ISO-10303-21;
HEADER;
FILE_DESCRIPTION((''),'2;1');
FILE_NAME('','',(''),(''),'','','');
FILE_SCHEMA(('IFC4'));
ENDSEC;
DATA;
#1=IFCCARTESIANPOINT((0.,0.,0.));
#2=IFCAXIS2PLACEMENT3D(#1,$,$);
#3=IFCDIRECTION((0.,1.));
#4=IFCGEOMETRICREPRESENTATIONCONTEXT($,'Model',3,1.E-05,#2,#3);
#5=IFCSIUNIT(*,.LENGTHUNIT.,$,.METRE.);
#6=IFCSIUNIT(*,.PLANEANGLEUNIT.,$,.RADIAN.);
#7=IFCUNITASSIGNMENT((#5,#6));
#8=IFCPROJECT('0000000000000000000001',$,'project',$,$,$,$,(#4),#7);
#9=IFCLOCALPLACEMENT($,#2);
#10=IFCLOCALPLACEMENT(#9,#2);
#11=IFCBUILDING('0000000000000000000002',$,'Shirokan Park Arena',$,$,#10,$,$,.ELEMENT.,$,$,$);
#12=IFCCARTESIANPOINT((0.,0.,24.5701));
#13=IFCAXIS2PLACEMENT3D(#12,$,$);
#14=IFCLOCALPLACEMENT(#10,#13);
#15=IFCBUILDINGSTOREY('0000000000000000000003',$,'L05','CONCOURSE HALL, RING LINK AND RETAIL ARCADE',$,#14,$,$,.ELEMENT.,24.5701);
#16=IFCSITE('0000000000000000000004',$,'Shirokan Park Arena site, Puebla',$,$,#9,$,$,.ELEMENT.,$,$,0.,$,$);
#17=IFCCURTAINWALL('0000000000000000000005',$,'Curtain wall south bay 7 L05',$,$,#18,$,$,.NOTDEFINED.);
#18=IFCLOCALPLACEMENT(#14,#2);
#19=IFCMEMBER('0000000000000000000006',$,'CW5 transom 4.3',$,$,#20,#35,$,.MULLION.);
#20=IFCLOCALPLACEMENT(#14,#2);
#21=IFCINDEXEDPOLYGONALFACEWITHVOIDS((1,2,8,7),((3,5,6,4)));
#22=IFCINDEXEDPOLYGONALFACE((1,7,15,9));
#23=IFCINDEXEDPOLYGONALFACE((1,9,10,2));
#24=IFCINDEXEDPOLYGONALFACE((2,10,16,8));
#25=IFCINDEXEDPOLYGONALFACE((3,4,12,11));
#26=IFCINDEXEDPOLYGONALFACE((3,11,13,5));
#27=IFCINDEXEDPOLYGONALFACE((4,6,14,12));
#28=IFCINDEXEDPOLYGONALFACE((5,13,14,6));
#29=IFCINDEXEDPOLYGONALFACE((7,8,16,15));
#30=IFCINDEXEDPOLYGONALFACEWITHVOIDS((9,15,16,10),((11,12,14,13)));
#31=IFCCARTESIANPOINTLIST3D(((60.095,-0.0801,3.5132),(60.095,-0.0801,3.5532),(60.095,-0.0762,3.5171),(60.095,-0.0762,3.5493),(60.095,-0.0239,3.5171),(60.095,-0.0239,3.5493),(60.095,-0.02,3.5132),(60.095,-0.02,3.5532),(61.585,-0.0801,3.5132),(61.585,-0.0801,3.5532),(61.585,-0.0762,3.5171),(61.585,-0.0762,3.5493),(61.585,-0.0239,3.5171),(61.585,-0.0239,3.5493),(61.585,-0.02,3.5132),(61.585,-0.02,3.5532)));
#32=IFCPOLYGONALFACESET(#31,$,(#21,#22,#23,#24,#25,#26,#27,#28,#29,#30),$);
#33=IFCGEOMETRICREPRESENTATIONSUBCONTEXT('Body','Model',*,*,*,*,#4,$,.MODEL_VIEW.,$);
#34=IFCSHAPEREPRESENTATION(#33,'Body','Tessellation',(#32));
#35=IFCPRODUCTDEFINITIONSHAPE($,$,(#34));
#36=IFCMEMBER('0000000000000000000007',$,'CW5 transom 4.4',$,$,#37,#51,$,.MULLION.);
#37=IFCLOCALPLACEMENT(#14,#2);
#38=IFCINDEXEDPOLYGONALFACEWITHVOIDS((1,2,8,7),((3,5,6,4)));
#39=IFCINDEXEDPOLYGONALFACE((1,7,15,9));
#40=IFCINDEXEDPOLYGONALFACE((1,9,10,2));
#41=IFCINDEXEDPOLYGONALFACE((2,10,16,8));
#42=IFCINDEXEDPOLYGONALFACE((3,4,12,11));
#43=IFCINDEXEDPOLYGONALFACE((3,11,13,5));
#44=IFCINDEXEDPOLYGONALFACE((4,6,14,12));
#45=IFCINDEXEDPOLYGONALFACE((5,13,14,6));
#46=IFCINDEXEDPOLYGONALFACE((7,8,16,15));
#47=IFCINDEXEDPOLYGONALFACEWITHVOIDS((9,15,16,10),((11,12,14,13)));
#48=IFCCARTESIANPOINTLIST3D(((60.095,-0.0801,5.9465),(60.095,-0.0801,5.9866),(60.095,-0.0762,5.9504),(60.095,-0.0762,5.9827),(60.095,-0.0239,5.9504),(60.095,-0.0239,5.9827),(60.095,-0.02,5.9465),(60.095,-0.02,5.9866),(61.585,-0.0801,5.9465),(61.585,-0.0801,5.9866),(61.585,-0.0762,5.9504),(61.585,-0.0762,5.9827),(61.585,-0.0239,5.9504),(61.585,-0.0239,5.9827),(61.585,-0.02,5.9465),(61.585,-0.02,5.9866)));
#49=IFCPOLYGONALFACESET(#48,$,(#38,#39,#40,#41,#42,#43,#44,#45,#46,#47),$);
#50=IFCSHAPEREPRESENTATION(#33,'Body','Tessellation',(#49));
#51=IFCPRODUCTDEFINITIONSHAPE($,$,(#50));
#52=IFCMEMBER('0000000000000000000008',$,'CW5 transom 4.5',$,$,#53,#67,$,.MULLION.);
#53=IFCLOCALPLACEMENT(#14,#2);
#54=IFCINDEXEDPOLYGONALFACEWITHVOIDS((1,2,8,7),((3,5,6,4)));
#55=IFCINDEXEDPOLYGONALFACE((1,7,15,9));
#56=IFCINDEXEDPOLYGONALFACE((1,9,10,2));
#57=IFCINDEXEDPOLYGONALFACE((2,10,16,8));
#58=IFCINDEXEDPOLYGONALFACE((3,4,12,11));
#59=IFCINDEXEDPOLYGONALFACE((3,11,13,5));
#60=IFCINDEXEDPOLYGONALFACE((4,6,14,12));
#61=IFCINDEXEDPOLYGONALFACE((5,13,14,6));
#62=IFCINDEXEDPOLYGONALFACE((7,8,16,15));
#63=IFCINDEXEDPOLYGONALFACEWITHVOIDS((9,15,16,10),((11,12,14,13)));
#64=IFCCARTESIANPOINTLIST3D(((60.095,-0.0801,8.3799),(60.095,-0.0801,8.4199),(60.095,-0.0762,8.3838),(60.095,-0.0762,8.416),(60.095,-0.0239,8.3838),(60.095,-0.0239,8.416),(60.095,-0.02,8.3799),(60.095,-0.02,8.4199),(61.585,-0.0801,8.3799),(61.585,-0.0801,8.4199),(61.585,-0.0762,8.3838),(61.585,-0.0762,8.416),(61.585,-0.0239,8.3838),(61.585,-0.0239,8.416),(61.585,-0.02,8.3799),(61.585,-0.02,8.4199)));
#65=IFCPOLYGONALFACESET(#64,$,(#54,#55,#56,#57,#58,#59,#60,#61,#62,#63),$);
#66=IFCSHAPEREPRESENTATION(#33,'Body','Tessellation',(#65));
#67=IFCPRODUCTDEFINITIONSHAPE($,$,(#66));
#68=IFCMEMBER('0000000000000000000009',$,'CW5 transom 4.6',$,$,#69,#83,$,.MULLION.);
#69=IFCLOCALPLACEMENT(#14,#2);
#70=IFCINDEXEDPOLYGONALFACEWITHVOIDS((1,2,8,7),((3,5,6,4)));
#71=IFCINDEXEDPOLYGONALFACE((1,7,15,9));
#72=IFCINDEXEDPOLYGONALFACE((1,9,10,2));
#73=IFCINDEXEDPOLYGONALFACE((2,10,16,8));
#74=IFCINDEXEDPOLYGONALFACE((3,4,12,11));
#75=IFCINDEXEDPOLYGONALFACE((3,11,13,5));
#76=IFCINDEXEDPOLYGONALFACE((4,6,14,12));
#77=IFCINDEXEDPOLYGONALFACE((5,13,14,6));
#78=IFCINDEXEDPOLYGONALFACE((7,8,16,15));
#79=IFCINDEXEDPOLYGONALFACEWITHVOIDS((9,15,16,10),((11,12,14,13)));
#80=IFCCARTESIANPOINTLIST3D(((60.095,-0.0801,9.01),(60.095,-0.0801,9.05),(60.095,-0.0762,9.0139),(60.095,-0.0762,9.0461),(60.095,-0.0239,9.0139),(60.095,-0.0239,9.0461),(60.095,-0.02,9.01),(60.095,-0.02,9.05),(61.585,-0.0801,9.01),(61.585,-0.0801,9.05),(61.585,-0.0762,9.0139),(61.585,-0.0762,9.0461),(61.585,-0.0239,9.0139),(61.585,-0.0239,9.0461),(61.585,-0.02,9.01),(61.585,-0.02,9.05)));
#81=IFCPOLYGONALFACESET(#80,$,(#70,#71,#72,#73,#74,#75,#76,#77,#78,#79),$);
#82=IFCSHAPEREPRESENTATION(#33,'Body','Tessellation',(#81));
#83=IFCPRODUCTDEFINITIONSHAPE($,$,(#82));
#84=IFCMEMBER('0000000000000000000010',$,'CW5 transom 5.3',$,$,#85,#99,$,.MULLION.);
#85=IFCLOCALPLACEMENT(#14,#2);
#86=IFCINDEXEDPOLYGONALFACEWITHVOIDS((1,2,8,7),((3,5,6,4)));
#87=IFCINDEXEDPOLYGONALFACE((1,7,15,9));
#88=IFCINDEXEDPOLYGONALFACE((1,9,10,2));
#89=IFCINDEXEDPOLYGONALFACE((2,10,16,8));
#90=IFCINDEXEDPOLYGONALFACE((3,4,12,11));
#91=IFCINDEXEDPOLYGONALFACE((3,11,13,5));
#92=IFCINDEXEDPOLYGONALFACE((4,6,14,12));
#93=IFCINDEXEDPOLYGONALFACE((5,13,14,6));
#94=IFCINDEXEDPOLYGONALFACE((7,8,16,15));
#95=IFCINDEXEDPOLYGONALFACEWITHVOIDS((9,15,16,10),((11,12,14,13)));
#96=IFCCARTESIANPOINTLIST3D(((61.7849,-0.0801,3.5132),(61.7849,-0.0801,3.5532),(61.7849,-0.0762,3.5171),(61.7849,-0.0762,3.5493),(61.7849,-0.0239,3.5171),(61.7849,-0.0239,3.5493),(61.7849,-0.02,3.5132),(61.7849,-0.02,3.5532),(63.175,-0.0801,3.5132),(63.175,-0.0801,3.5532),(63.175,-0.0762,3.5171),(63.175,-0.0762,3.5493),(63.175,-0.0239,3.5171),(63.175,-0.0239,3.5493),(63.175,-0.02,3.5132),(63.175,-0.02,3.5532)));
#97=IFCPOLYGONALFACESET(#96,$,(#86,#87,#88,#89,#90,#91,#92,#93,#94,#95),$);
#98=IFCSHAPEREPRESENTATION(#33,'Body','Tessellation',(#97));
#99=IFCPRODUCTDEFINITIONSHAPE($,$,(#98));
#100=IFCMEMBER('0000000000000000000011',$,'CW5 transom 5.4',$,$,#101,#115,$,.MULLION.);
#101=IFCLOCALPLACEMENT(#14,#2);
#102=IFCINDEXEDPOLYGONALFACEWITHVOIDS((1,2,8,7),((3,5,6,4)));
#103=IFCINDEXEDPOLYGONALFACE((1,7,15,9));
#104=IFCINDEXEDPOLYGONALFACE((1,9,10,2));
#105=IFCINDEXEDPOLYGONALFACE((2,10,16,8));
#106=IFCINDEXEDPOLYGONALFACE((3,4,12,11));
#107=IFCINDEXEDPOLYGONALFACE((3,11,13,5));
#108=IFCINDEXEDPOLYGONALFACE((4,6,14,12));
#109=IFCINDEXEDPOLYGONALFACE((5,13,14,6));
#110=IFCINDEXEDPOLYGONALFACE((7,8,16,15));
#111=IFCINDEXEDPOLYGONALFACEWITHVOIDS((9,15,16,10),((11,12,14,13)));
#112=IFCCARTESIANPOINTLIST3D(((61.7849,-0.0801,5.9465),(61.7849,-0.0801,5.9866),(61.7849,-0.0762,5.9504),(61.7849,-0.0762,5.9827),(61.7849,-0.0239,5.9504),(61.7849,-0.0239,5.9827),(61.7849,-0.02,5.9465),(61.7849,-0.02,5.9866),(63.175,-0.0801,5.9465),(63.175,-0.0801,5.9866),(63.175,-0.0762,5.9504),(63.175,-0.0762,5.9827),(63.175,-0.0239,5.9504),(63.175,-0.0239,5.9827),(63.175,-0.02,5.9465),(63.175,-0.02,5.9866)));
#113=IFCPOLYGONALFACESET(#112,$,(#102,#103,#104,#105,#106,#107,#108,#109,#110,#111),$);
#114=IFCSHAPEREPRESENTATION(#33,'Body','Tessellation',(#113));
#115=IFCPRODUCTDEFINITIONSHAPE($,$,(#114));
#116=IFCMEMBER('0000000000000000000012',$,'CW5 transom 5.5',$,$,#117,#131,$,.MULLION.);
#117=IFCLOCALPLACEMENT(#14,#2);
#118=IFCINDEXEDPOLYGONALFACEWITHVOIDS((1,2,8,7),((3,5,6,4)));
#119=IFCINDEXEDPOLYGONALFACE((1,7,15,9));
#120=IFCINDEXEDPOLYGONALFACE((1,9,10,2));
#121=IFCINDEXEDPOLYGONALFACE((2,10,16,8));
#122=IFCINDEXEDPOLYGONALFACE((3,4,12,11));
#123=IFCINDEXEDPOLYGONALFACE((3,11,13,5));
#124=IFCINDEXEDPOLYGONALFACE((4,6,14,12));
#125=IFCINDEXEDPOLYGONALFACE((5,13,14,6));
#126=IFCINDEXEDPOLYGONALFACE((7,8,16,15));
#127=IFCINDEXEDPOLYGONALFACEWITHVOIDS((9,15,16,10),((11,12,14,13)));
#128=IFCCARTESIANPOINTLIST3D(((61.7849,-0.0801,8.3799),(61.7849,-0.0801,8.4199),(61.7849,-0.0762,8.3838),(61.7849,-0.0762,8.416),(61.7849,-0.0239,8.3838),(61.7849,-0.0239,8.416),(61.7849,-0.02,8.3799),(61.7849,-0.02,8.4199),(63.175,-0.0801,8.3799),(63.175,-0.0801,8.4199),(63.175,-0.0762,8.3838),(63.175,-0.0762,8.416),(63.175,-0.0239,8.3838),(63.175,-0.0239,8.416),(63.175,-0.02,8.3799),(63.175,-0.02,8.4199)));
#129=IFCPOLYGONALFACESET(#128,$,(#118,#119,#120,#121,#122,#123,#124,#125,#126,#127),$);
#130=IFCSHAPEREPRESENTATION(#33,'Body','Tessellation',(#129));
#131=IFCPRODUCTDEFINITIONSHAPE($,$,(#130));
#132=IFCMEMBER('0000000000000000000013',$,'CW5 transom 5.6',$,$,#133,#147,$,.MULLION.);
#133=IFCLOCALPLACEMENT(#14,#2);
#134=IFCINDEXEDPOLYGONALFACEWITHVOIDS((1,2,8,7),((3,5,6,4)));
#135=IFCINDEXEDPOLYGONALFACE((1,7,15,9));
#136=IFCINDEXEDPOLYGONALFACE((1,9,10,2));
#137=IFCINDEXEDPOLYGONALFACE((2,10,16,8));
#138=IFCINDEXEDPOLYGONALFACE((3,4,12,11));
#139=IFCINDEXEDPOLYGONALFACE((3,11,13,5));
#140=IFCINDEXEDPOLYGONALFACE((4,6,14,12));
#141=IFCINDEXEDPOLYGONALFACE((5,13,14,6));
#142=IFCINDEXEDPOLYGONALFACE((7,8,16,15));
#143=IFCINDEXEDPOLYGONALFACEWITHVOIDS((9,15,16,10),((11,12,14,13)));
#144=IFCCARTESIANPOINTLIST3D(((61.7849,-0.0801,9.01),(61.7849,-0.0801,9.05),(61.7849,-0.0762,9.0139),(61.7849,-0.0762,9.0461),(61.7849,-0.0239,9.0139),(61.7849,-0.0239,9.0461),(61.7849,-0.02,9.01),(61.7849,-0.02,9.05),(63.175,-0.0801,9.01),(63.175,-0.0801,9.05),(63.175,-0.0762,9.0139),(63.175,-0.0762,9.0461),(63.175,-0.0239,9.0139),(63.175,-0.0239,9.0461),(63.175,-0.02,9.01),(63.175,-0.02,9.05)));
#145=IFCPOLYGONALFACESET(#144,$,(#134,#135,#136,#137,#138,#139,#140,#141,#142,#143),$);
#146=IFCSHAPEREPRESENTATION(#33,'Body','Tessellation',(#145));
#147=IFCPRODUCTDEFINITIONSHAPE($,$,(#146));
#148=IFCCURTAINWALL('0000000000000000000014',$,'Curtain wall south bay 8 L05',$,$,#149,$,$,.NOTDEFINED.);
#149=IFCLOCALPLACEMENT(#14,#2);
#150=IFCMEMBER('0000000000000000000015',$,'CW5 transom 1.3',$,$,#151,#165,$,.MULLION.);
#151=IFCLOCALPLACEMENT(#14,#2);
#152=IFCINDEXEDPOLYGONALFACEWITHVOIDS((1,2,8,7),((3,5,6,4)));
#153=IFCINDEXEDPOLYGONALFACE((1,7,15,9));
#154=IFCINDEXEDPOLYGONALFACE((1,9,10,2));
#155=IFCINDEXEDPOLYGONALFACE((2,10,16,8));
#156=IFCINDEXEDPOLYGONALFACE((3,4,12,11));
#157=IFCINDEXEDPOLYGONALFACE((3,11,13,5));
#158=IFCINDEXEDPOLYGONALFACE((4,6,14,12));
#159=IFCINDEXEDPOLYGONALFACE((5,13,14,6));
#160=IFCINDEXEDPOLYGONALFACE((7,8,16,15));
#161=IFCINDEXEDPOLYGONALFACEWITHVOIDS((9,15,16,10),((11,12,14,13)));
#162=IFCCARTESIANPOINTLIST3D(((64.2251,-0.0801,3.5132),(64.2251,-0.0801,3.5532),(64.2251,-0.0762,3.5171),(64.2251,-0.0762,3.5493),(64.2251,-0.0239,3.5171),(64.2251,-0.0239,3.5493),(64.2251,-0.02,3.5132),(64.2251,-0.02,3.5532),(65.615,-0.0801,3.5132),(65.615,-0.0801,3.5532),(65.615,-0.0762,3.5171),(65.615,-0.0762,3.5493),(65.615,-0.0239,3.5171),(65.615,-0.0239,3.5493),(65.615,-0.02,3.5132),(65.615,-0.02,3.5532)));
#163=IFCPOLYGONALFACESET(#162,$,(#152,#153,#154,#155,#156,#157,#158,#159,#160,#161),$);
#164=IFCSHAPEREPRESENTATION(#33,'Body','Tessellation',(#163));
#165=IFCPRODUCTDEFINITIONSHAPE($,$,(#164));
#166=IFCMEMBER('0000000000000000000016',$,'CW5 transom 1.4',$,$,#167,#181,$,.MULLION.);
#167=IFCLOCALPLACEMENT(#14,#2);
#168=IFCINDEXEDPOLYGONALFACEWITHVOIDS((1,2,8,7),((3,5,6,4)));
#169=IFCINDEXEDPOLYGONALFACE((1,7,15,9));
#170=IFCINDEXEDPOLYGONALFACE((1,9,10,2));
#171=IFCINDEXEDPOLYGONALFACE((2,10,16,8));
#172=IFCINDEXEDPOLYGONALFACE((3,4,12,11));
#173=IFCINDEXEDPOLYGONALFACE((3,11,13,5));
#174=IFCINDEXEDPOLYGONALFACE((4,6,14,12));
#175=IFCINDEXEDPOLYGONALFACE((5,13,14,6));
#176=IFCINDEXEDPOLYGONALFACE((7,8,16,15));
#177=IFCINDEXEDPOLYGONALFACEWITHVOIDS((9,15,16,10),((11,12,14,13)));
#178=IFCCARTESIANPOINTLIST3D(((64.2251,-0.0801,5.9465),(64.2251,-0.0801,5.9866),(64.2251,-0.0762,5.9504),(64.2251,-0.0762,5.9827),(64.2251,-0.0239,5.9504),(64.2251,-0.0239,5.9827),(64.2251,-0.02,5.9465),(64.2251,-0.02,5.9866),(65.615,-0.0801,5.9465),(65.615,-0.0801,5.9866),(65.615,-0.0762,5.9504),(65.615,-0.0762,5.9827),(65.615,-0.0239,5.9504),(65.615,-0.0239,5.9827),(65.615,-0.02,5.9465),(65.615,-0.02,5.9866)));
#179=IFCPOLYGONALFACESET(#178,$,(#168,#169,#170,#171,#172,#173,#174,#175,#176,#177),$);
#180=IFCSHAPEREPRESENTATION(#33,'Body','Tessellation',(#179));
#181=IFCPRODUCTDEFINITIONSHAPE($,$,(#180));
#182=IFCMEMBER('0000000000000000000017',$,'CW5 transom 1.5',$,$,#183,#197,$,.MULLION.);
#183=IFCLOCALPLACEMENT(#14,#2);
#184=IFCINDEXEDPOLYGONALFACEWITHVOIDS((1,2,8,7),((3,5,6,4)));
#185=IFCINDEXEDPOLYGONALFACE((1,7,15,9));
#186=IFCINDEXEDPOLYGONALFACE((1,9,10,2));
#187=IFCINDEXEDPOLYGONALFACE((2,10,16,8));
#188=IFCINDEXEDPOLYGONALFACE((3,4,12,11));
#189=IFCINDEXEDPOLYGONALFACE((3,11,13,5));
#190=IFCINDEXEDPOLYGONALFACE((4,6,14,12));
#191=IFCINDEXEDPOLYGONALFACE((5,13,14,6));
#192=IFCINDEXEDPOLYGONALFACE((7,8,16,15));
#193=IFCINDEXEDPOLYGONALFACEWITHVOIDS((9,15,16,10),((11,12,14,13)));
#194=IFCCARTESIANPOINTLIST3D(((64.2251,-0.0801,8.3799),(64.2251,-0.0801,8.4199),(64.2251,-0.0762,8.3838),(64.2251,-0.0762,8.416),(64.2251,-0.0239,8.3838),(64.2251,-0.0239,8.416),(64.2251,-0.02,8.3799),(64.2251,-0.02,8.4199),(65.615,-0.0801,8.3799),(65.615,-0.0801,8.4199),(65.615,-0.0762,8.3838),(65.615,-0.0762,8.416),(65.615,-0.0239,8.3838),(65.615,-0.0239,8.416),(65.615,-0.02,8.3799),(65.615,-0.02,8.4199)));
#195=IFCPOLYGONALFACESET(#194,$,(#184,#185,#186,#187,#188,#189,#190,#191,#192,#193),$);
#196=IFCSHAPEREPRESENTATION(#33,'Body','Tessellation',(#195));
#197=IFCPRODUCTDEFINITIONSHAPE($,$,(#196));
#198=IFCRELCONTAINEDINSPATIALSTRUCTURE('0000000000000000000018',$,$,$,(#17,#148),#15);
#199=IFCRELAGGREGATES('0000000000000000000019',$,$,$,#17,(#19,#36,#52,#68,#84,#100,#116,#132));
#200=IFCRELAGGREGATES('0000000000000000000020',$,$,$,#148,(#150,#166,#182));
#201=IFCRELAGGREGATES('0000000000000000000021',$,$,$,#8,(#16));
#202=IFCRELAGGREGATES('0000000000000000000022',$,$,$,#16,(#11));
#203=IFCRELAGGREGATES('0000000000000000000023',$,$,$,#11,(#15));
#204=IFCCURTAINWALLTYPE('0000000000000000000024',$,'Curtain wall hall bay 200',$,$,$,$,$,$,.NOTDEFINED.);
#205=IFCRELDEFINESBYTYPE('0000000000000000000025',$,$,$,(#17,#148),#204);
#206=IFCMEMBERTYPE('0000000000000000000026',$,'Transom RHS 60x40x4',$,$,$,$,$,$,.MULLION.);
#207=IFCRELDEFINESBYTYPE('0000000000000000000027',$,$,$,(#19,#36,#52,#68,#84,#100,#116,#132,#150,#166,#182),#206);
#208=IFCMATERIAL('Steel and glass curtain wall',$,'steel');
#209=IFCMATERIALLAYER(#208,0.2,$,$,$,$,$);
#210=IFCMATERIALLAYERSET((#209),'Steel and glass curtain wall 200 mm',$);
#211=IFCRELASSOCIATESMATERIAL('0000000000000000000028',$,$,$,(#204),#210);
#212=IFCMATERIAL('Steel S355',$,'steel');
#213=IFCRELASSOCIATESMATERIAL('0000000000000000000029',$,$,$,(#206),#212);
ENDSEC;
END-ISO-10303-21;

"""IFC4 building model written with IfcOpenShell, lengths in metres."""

from ifc_helpers import new_model, si_unit, direction, frame, origin, origin_2d, place, context, subcontext, project, spatial, hollow_rectangle, extrude, material, layer, layer_set, material_profile, profile_set, type_object, element, aggregate, save


model = new_model("IFC4")

# Units and contexts
model_context = context("Model", 3, precision=1e-05, world=origin(), true_north=direction((0.0, 1.0)))
body_context = subcontext(model_context, "Body", "Model", "MODEL_VIEW")
ifc_project = project(units=[si_unit("LENGTHUNIT", "METRE"), si_unit("PLANEANGLEUNIT", "RADIAN")], contexts=[model_context])

# Site, building, storey
site_placement = place(None, origin())
site = spatial("IfcSite", under=ifc_project, at=site_placement, Name="Shirokan Park Arena site, Puebla", CompositionType="ELEMENT", RefElevation=0.0)
building_placement = place(site_placement, origin())
building = spatial("IfcBuilding", under=site, at=building_placement, Name="Shirokan Park Arena", CompositionType="ELEMENT")
storey_placement = place(building_placement, frame((0.0, 0.0, 24.5701)))
storey = spatial("IfcBuildingStorey", under=building, at=storey_placement, Name="L05", Description="CONCOURSE HALL, RING LINK AND RETAIL ARCADE", CompositionType="ELEMENT", Elevation=24.5701)

# Curtain walls, members
ifc_material_1 = material(Name="Steel and glass curtain wall", Category="steel")
ifc_layer_1 = layer(ifc_material_1, 0.2)
ifc_layer_set_1 = layer_set([ifc_layer_1], Name="Steel and glass curtain wall 200 mm")
curtain_wall_type = type_object("IfcCurtainWallType", Name="Curtain wall hall bay 200", PredefinedType="NOTDEFINED", material=ifc_layer_set_1)
curtain_wall_1_placement = place(storey_placement, origin())
curtain_wall_1 = element("IfcCurtainWall", 1, at=curtain_wall_1_placement, inside=storey, type_object=curtain_wall_type, Name="Curtain wall south bay 7 L05", PredefinedType="NOTDEFINED")
ifc_material_2 = material(Name="Steel S355", Category="steel")
ifc_material_profile = material_profile(ifc_material_2, hollow_rectangle(XDim=0.0601, YDim=0.04, WallThickness=0.0039, at=origin_2d()), Name="RHS 60x40x4")
ifc_profile_set = profile_set([ifc_material_profile], Name="Steel S355")
member_type = type_object("IfcMemberType", Name="Transom RHS 60x40x4", PredefinedType="MULLION", material=ifc_profile_set)
member_1_placement = place(storey_placement, frame((60.095, -0.05, 3.5332), z_axis=(1.0, 0.0, 0.0), x_axis=(0.0, 1.0, 0.0)))
member_1 = element("IfcMember", 2, at=member_1_placement, type_object=member_type, Name="CW5 transom 4.3", PredefinedType="MULLION", context=body_context, shape_type="SweptSolid", body=[
    extrude(hollow_rectangle(XDim=0.0601, YDim=0.04, WallThickness=0.0039, at=origin_2d()), origin(), (0.0, 0.0, 1.0), 1.49),
])
member_2_placement = place(storey_placement, frame((60.095, -0.05, 5.9666), z_axis=(1.0, 0.0, 0.0), x_axis=(0.0, 1.0, 0.0)))
member_2 = element("IfcMember", 3, at=member_2_placement, type_object=member_type, Name="CW5 transom 4.4", PredefinedType="MULLION", context=body_context, shape_type="SweptSolid", body=[
    extrude(hollow_rectangle(XDim=0.0601, YDim=0.04, WallThickness=0.0039, at=origin_2d()), origin(), (0.0, 0.0, 1.0), 1.49),
])
member_3_placement = place(storey_placement, frame((60.095, -0.05, 8.3999), z_axis=(1.0, 0.0, 0.0), x_axis=(0.0, 1.0, 0.0)))
member_3 = element("IfcMember", 4, at=member_3_placement, type_object=member_type, Name="CW5 transom 4.5", PredefinedType="MULLION", context=body_context, shape_type="SweptSolid", body=[
    extrude(hollow_rectangle(XDim=0.0601, YDim=0.04, WallThickness=0.0039, at=origin_2d()), origin(), (0.0, 0.0, 1.0), 1.49),
])
member_4_placement = place(storey_placement, frame((60.095, -0.05, 9.03), z_axis=(1.0, 0.0, 0.0), x_axis=(0.0, 1.0, 0.0)))
member_4 = element("IfcMember", 5, at=member_4_placement, type_object=member_type, Name="CW5 transom 4.6", PredefinedType="MULLION", context=body_context, shape_type="SweptSolid", body=[
    extrude(hollow_rectangle(XDim=0.0601, YDim=0.04, WallThickness=0.0039, at=origin_2d()), origin(), (0.0, 0.0, 1.0), 1.49),
])
member_5_placement = place(storey_placement, frame((61.7849, -0.05, 3.5332), z_axis=(1.0, 0.0, 0.0), x_axis=(0.0, 1.0, 0.0)))
member_5 = element("IfcMember", 6, at=member_5_placement, type_object=member_type, Name="CW5 transom 5.3", PredefinedType="MULLION", context=body_context, shape_type="SweptSolid", body=[
    extrude(hollow_rectangle(XDim=0.0601, YDim=0.04, WallThickness=0.0039, at=origin_2d()), origin(), (0.0, 0.0, 1.0), 1.3901),
])
member_6_placement = place(storey_placement, frame((61.7849, -0.05, 5.9666), z_axis=(1.0, 0.0, 0.0), x_axis=(0.0, 1.0, 0.0)))
member_6 = element("IfcMember", 7, at=member_6_placement, type_object=member_type, Name="CW5 transom 5.4", PredefinedType="MULLION", context=body_context, shape_type="SweptSolid", body=[
    extrude(hollow_rectangle(XDim=0.0601, YDim=0.04, WallThickness=0.0039, at=origin_2d()), origin(), (0.0, 0.0, 1.0), 1.3901),
])
member_7_placement = place(storey_placement, frame((61.7849, -0.05, 8.3999), z_axis=(1.0, 0.0, 0.0), x_axis=(0.0, 1.0, 0.0)))
member_7 = element("IfcMember", 8, at=member_7_placement, type_object=member_type, Name="CW5 transom 5.5", PredefinedType="MULLION", context=body_context, shape_type="SweptSolid", body=[
    extrude(hollow_rectangle(XDim=0.0601, YDim=0.04, WallThickness=0.0039, at=origin_2d()), origin(), (0.0, 0.0, 1.0), 1.3901),
])
member_8_placement = place(storey_placement, frame((61.7849, -0.05, 9.03), z_axis=(1.0, 0.0, 0.0), x_axis=(0.0, 1.0, 0.0)))
member_8 = element("IfcMember", 9, at=member_8_placement, type_object=member_type, Name="CW5 transom 5.6", PredefinedType="MULLION", context=body_context, shape_type="SweptSolid", body=[
    extrude(hollow_rectangle(XDim=0.0601, YDim=0.04, WallThickness=0.0039, at=origin_2d()), origin(), (0.0, 0.0, 1.0), 1.3901),
])
curtain_wall_2_placement = place(storey_placement, origin())
curtain_wall_2 = element("IfcCurtainWall", 10, at=curtain_wall_2_placement, inside=storey, type_object=curtain_wall_type, Name="Curtain wall south bay 8 L05", PredefinedType="NOTDEFINED")
member_9_placement = place(storey_placement, frame((64.2251, -0.05, 3.5332), z_axis=(1.0, 0.0, 0.0), x_axis=(0.0, 1.0, 0.0)))
member_9 = element("IfcMember", 11, at=member_9_placement, type_object=member_type, Name="CW5 transom 1.3", PredefinedType="MULLION", context=body_context, shape_type="SweptSolid", body=[
    extrude(hollow_rectangle(XDim=0.0601, YDim=0.04, WallThickness=0.0039, at=origin_2d()), origin(), (0.0, 0.0, 1.0), 1.3899),
])
member_10_placement = place(storey_placement, frame((64.2251, -0.05, 5.9666), z_axis=(1.0, 0.0, 0.0), x_axis=(0.0, 1.0, 0.0)))
member_10 = element("IfcMember", 12, at=member_10_placement, type_object=member_type, Name="CW5 transom 1.4", PredefinedType="MULLION", context=body_context, shape_type="SweptSolid", body=[
    extrude(hollow_rectangle(XDim=0.0601, YDim=0.04, WallThickness=0.0039, at=origin_2d()), origin(), (0.0, 0.0, 1.0), 1.3899),
])
member_11_placement = place(storey_placement, frame((64.2251, -0.05, 8.3999), z_axis=(1.0, 0.0, 0.0), x_axis=(0.0, 1.0, 0.0)))
member_11 = element("IfcMember", 13, at=member_11_placement, type_object=member_type, Name="CW5 transom 1.5", PredefinedType="MULLION", context=body_context, shape_type="SweptSolid", body=[
    extrude(hollow_rectangle(XDim=0.0601, YDim=0.04, WallThickness=0.0039, at=origin_2d()), origin(), (0.0, 0.0, 1.0), 1.3899),
])

aggregate(curtain_wall_1, [member_1, member_2, member_3, member_4, member_5, member_6, member_7, member_8])
aggregate(curtain_wall_2, [member_9, member_10, member_11])

save(model, "model.ifc")
